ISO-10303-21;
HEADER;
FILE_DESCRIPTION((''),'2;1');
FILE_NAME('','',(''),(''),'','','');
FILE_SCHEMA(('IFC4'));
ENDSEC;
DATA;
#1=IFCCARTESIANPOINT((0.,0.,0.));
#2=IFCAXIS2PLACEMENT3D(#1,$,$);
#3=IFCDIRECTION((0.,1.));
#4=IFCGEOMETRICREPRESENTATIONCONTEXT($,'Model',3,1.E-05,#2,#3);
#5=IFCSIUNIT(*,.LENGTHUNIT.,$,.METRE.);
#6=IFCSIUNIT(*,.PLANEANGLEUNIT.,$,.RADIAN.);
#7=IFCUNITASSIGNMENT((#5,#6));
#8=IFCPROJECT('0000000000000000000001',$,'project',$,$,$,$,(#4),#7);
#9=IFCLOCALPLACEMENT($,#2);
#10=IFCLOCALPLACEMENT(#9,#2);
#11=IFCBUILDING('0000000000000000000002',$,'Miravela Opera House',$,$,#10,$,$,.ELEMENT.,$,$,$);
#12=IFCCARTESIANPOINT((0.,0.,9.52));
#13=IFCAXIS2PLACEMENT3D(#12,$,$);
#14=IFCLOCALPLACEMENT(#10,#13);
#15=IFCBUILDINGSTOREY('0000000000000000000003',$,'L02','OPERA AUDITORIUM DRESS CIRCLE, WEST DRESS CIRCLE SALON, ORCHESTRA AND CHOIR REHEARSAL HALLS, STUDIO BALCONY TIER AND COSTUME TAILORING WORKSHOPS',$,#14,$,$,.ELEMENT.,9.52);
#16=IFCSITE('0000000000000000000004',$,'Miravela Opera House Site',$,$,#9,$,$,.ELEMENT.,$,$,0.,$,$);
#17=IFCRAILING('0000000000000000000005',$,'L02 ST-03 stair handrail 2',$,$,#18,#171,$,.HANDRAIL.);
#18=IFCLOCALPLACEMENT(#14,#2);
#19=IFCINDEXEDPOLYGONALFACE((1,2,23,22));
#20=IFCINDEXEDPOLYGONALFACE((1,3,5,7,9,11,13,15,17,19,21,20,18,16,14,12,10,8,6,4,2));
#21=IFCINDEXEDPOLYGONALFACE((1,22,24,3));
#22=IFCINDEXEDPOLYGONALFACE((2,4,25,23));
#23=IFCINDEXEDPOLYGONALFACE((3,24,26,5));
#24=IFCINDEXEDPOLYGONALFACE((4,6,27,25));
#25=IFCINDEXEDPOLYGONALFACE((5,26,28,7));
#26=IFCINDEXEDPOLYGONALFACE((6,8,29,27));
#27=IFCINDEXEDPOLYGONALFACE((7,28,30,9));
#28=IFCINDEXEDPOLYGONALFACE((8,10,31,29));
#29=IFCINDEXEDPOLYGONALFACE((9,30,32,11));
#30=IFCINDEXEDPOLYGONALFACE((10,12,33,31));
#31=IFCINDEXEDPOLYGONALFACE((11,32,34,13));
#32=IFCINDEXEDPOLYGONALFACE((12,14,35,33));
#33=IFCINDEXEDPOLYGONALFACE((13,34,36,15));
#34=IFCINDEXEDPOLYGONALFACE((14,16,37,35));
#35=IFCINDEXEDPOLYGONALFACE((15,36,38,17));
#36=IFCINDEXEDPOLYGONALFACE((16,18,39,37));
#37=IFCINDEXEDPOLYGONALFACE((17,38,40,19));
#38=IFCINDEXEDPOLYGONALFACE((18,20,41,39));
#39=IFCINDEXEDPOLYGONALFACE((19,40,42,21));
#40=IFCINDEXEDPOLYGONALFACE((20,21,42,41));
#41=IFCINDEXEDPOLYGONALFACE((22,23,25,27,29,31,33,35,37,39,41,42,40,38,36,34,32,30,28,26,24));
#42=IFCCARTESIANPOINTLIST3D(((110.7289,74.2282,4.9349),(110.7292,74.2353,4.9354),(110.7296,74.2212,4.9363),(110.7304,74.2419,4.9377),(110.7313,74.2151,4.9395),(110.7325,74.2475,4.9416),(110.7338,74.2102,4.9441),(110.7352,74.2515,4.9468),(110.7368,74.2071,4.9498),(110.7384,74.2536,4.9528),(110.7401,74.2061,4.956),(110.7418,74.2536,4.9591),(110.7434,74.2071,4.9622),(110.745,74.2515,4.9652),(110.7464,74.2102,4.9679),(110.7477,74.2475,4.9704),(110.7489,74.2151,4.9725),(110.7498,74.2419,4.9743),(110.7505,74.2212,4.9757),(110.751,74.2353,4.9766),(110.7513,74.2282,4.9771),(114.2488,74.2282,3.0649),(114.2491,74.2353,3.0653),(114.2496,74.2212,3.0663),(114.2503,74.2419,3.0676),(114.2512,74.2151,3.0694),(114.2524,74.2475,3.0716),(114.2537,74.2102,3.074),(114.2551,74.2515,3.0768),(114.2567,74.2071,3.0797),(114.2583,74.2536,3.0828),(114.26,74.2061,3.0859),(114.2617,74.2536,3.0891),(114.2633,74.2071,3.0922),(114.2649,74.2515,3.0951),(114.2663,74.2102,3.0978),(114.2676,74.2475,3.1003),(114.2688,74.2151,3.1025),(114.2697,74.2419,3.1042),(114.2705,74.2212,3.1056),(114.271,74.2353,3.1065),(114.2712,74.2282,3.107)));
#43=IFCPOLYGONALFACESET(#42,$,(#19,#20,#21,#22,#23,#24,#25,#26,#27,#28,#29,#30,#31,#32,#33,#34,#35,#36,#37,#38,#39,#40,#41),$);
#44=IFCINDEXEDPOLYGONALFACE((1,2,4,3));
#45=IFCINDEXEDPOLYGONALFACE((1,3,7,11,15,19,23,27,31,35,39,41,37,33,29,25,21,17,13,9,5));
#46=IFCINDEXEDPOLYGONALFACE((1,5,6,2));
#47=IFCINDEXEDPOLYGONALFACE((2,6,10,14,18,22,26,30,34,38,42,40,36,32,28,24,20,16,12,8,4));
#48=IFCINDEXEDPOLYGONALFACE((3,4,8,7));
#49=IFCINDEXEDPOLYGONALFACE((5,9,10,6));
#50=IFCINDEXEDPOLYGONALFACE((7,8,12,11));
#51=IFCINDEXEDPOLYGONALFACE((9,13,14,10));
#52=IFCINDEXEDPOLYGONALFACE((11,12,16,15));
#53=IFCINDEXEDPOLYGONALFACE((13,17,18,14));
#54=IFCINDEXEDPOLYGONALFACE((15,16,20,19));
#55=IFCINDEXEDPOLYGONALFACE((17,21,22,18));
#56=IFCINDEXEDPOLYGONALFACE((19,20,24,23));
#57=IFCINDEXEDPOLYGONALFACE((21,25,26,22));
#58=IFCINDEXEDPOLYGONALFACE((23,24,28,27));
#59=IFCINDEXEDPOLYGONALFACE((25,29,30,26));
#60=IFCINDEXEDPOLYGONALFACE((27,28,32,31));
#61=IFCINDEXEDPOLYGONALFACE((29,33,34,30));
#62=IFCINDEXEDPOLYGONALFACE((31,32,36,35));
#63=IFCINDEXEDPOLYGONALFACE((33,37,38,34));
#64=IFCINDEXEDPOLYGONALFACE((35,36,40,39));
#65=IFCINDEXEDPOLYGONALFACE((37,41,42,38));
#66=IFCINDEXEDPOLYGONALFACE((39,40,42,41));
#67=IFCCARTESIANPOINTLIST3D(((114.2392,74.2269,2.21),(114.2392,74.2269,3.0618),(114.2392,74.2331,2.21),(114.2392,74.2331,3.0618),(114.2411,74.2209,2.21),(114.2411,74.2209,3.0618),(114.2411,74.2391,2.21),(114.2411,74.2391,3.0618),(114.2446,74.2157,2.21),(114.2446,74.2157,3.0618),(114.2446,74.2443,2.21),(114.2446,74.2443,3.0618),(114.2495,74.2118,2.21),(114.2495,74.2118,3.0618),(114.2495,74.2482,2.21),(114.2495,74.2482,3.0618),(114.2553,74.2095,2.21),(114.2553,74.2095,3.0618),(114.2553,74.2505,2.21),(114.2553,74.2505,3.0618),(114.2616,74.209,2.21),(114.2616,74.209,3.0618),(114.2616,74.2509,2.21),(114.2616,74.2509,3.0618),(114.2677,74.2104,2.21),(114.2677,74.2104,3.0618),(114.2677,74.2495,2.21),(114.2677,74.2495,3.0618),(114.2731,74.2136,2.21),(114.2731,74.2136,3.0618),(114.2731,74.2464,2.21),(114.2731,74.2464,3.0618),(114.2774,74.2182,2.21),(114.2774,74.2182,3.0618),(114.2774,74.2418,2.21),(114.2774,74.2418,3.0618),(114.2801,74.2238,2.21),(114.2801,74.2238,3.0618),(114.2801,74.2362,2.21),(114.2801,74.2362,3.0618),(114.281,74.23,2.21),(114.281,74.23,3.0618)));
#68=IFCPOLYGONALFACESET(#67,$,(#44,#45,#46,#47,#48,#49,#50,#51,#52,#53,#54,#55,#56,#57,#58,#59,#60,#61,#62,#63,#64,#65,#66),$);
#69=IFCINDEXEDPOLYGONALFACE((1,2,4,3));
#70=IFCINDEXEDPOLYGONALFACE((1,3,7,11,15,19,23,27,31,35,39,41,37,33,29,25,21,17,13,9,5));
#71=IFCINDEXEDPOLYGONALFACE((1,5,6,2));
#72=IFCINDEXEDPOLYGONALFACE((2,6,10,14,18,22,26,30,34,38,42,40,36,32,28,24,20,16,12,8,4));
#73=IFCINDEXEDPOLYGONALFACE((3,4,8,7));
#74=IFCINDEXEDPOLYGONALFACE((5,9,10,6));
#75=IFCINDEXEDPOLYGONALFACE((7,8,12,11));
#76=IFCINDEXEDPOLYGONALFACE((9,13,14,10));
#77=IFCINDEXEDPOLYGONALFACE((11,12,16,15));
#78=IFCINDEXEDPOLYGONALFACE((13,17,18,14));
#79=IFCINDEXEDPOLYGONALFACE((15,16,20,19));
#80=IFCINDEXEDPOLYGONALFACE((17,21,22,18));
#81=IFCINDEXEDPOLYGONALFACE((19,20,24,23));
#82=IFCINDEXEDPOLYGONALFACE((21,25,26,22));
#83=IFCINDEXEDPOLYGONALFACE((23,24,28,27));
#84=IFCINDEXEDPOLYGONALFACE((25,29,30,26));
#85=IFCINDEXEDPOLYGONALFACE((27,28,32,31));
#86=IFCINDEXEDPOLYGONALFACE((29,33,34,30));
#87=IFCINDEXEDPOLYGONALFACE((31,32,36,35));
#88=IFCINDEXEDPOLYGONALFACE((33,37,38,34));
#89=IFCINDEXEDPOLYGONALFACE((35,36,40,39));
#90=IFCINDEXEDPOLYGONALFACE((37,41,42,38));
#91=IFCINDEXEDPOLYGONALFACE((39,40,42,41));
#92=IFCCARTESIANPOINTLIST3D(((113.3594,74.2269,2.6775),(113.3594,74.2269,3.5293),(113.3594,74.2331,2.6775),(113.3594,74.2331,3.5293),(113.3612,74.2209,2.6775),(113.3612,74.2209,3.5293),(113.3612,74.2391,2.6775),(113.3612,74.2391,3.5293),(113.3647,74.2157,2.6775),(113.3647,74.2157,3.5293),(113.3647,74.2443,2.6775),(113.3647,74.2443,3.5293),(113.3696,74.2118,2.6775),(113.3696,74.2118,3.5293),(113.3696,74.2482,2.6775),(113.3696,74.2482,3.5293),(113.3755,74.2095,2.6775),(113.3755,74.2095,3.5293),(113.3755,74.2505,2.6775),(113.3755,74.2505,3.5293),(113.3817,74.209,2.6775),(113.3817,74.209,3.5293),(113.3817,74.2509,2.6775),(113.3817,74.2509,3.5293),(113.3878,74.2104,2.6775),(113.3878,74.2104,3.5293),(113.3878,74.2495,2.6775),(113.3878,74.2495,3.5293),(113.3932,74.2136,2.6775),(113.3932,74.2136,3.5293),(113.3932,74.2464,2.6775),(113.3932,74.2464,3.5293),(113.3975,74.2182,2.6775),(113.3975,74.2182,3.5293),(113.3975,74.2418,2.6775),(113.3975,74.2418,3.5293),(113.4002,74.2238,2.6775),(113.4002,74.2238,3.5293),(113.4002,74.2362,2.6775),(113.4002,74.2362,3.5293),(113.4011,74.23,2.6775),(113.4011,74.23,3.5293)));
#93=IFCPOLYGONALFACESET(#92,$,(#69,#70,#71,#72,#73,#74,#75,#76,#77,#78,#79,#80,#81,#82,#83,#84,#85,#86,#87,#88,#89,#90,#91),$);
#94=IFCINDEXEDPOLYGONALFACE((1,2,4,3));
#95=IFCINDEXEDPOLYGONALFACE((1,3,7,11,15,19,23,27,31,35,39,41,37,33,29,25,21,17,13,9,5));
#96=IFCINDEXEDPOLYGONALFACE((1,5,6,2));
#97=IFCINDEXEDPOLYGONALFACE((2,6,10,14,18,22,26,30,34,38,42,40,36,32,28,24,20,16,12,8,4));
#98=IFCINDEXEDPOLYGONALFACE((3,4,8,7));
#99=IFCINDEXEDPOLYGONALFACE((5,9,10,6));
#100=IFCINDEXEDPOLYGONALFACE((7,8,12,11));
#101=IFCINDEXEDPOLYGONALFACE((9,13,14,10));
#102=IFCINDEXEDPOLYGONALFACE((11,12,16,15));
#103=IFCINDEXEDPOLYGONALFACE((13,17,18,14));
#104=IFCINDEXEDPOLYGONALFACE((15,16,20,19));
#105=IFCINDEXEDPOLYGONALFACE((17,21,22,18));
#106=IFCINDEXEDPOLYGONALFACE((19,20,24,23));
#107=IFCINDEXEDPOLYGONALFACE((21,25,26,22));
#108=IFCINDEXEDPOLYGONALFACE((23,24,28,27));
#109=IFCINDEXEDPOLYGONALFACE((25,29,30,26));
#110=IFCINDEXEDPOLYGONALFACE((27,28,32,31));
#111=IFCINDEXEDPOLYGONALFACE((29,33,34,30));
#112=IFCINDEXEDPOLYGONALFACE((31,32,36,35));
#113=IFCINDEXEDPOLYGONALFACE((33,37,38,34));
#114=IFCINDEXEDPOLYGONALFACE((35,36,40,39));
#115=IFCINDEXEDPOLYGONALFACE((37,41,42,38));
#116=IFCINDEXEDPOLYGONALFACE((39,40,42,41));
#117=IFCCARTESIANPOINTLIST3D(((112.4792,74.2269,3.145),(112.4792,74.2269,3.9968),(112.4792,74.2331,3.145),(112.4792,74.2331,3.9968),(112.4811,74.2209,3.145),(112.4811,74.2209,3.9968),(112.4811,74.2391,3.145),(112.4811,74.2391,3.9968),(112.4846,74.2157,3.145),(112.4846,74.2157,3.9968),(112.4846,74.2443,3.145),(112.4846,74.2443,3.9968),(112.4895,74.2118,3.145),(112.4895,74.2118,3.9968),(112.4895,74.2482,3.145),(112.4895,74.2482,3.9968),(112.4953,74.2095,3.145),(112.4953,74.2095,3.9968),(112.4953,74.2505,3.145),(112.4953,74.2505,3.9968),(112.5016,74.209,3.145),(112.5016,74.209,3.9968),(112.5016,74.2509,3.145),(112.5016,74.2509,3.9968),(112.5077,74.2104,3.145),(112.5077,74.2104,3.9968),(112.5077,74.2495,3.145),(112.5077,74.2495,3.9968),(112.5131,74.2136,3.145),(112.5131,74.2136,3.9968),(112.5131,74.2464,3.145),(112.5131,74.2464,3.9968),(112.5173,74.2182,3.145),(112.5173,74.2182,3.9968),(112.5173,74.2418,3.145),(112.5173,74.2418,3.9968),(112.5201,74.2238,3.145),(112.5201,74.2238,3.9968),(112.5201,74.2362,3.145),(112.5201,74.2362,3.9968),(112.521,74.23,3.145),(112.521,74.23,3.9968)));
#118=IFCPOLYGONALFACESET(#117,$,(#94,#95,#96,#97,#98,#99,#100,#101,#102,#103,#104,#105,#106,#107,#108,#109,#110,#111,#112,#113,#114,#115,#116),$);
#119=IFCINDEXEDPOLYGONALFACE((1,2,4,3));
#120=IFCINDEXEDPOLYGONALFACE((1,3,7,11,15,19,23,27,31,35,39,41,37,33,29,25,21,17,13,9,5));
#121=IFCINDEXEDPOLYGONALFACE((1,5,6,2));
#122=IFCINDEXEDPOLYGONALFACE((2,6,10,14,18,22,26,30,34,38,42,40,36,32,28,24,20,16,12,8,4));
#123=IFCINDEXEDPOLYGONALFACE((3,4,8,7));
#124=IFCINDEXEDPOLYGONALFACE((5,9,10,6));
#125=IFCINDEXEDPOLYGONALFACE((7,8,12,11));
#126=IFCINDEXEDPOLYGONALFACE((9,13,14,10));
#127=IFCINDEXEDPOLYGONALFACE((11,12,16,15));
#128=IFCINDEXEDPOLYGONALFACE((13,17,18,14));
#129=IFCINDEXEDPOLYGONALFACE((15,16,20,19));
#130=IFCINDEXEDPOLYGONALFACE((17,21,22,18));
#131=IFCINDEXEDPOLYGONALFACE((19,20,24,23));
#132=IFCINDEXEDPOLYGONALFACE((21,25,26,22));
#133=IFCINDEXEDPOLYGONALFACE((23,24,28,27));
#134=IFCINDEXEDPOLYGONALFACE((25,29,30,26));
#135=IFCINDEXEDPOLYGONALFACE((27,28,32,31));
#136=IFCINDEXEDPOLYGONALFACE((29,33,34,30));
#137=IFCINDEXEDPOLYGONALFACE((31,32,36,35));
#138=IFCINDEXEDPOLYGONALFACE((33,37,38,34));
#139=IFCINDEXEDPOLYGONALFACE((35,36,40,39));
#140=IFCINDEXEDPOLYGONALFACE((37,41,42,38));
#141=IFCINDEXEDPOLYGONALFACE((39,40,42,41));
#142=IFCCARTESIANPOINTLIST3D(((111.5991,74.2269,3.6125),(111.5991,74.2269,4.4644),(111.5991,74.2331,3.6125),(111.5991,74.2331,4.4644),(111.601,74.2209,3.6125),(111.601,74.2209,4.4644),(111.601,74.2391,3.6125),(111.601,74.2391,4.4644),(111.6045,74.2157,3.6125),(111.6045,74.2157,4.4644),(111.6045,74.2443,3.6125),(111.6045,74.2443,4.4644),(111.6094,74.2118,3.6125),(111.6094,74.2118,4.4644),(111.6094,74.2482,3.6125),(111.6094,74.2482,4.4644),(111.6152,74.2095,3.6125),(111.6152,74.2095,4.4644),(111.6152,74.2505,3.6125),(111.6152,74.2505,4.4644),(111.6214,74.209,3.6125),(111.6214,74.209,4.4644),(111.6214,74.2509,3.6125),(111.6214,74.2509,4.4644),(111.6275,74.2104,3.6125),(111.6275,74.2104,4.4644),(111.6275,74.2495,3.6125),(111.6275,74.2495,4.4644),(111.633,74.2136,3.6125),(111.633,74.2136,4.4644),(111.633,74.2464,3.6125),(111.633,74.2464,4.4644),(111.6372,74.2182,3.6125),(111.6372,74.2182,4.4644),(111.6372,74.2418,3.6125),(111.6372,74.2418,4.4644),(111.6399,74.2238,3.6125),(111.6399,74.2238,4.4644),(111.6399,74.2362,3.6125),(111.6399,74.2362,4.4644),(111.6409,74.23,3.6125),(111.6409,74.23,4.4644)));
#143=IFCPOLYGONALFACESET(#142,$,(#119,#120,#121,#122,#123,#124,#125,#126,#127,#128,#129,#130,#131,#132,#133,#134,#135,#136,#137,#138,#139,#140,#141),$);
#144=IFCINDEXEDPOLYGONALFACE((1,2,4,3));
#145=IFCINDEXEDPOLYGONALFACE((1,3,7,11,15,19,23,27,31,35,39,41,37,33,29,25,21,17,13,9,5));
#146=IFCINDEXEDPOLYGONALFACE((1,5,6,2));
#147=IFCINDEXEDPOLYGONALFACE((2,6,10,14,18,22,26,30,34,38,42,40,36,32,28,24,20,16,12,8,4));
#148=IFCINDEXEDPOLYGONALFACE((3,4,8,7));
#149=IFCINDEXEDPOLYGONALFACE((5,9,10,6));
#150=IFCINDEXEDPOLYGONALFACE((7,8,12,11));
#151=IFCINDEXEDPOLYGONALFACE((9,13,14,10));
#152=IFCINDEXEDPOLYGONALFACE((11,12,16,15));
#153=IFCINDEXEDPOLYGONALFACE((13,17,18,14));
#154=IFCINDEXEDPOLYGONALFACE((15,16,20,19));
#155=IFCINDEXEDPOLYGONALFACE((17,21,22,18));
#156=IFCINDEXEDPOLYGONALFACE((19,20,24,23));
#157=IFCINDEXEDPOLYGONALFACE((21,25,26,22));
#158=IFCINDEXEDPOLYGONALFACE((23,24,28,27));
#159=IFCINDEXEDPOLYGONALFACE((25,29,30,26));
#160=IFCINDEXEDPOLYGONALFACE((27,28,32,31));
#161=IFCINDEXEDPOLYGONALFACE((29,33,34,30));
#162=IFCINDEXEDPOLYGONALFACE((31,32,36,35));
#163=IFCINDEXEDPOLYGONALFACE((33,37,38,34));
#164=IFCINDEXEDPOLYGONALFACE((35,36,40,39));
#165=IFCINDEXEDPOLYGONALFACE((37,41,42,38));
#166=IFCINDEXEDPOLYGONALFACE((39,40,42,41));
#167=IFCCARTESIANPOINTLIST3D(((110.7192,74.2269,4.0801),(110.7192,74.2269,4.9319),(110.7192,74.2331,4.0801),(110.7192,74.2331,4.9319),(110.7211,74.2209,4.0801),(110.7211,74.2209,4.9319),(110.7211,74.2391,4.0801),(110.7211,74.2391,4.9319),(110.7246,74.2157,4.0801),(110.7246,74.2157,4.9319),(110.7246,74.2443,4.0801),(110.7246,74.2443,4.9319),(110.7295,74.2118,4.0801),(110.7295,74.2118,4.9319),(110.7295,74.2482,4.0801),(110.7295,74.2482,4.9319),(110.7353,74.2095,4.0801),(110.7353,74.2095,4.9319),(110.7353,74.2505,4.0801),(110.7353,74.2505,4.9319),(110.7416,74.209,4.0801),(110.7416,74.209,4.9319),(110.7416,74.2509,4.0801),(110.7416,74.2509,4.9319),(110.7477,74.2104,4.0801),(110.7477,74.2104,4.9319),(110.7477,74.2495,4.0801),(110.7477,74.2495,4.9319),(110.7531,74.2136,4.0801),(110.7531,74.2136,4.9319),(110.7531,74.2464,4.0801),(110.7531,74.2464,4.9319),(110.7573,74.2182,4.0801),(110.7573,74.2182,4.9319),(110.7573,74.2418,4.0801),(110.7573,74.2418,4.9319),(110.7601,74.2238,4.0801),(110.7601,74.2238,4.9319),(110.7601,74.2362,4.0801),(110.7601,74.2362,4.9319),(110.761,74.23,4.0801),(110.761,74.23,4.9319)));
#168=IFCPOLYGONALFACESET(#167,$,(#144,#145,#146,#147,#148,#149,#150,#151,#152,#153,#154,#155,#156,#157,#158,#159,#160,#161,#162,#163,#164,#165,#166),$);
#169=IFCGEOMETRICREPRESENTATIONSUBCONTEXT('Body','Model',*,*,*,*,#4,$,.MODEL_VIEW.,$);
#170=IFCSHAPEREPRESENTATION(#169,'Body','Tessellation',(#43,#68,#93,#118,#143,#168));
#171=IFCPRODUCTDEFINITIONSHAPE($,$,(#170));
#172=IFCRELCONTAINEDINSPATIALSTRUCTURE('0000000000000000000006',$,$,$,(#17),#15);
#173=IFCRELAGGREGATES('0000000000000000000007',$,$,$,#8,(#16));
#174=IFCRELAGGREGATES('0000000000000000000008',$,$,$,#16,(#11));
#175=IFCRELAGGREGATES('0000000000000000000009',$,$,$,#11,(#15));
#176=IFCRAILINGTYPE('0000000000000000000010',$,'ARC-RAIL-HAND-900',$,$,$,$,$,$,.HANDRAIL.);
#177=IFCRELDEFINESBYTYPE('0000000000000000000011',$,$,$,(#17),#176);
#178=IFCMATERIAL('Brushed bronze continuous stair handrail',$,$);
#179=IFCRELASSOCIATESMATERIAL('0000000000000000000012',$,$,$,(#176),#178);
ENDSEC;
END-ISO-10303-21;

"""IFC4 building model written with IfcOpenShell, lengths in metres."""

from ifc_helpers import new_model, si_unit, direction, frame, origin, origin_2d, place, context, subcontext, project, spatial, circle, extrude, material, type_object, element, save


model = new_model("IFC4")

# Units and contexts
model_context = context("Model", 3, precision=1e-05, world=origin(), true_north=direction((0.0, 1.0)))
body_context = subcontext(model_context, "Body", "Model", "MODEL_VIEW")
ifc_project = project(units=[si_unit("LENGTHUNIT", "METRE"), si_unit("PLANEANGLEUNIT", "RADIAN")], contexts=[model_context])

# Site, building, storey
site_placement = place(None, origin())
site = spatial("IfcSite", under=ifc_project, at=site_placement, Name="Miravela Opera House Site", CompositionType="ELEMENT", RefElevation=0.0)
building_placement = place(site_placement, origin())
building = spatial("IfcBuilding", under=site, at=building_placement, Name="Miravela Opera House", CompositionType="ELEMENT")
storey_placement = place(building_placement, frame((0.0, 0.0, 9.52)))
storey = spatial("IfcBuildingStorey", under=building, at=storey_placement, Name="L02", Description="OPERA AUDITORIUM DRESS CIRCLE, WEST DRESS CIRCLE SALON, ORCHESTRA AND CHOIR REHEARSAL HALLS, STUDIO BALCONY TIER AND COSTUME TAILORING WORKSHOPS", CompositionType="ELEMENT", Elevation=9.52)

# Railing
ifc_material_1 = material(Name="Brushed bronze continuous stair handrail")
railing_type_1 = type_object("IfcRailingType", Name="ARC-RAIL-HAND-900", PredefinedType="HANDRAIL", material=ifc_material_1)
railing_1_placement = place(storey_placement, frame((114.26, 74.23, 2.21)))
element("IfcRailing", 1, at=railing_1_placement, inside=storey, type_object=railing_type_1, Name="L02 ST-03 stair handrail 2", PredefinedType="HANDRAIL", context=body_context, shape_type="SweptSolid", body=[
    extrude(circle(Radius=0.0239, at=origin_2d()), frame((0.0, 0.0, 0.876), z_axis=(-0.883105, 0.0, 0.469176), x_axis=(0.0, -1.0, 0.0)), (0.0, 0.0, 1.0), 3.9858),
    extrude(circle(Radius=0.021, at=origin_2d()), origin(), (0.0, 0.0, 1.0), 0.8518),
    extrude(circle(Radius=0.021, at=origin_2d()), frame((-0.8799, 0.0, 0.4675)), (0.0, 0.0, 1.0), 0.8518),
    extrude(circle(Radius=0.021, at=origin_2d()), frame((-1.76, 0.0, 0.9351)), (0.0, 0.0, 1.0), 0.8518),
    extrude(circle(Radius=0.021, at=origin_2d()), frame((-2.6401, 0.0, 1.4026)), (0.0, 0.0, 1.0), 0.8518),
    extrude(circle(Radius=0.021, at=origin_2d()), frame((-3.52, 0.0, 1.8701)), (0.0, 0.0, 1.0), 0.8518),
])

save(model, "model.ifc")
